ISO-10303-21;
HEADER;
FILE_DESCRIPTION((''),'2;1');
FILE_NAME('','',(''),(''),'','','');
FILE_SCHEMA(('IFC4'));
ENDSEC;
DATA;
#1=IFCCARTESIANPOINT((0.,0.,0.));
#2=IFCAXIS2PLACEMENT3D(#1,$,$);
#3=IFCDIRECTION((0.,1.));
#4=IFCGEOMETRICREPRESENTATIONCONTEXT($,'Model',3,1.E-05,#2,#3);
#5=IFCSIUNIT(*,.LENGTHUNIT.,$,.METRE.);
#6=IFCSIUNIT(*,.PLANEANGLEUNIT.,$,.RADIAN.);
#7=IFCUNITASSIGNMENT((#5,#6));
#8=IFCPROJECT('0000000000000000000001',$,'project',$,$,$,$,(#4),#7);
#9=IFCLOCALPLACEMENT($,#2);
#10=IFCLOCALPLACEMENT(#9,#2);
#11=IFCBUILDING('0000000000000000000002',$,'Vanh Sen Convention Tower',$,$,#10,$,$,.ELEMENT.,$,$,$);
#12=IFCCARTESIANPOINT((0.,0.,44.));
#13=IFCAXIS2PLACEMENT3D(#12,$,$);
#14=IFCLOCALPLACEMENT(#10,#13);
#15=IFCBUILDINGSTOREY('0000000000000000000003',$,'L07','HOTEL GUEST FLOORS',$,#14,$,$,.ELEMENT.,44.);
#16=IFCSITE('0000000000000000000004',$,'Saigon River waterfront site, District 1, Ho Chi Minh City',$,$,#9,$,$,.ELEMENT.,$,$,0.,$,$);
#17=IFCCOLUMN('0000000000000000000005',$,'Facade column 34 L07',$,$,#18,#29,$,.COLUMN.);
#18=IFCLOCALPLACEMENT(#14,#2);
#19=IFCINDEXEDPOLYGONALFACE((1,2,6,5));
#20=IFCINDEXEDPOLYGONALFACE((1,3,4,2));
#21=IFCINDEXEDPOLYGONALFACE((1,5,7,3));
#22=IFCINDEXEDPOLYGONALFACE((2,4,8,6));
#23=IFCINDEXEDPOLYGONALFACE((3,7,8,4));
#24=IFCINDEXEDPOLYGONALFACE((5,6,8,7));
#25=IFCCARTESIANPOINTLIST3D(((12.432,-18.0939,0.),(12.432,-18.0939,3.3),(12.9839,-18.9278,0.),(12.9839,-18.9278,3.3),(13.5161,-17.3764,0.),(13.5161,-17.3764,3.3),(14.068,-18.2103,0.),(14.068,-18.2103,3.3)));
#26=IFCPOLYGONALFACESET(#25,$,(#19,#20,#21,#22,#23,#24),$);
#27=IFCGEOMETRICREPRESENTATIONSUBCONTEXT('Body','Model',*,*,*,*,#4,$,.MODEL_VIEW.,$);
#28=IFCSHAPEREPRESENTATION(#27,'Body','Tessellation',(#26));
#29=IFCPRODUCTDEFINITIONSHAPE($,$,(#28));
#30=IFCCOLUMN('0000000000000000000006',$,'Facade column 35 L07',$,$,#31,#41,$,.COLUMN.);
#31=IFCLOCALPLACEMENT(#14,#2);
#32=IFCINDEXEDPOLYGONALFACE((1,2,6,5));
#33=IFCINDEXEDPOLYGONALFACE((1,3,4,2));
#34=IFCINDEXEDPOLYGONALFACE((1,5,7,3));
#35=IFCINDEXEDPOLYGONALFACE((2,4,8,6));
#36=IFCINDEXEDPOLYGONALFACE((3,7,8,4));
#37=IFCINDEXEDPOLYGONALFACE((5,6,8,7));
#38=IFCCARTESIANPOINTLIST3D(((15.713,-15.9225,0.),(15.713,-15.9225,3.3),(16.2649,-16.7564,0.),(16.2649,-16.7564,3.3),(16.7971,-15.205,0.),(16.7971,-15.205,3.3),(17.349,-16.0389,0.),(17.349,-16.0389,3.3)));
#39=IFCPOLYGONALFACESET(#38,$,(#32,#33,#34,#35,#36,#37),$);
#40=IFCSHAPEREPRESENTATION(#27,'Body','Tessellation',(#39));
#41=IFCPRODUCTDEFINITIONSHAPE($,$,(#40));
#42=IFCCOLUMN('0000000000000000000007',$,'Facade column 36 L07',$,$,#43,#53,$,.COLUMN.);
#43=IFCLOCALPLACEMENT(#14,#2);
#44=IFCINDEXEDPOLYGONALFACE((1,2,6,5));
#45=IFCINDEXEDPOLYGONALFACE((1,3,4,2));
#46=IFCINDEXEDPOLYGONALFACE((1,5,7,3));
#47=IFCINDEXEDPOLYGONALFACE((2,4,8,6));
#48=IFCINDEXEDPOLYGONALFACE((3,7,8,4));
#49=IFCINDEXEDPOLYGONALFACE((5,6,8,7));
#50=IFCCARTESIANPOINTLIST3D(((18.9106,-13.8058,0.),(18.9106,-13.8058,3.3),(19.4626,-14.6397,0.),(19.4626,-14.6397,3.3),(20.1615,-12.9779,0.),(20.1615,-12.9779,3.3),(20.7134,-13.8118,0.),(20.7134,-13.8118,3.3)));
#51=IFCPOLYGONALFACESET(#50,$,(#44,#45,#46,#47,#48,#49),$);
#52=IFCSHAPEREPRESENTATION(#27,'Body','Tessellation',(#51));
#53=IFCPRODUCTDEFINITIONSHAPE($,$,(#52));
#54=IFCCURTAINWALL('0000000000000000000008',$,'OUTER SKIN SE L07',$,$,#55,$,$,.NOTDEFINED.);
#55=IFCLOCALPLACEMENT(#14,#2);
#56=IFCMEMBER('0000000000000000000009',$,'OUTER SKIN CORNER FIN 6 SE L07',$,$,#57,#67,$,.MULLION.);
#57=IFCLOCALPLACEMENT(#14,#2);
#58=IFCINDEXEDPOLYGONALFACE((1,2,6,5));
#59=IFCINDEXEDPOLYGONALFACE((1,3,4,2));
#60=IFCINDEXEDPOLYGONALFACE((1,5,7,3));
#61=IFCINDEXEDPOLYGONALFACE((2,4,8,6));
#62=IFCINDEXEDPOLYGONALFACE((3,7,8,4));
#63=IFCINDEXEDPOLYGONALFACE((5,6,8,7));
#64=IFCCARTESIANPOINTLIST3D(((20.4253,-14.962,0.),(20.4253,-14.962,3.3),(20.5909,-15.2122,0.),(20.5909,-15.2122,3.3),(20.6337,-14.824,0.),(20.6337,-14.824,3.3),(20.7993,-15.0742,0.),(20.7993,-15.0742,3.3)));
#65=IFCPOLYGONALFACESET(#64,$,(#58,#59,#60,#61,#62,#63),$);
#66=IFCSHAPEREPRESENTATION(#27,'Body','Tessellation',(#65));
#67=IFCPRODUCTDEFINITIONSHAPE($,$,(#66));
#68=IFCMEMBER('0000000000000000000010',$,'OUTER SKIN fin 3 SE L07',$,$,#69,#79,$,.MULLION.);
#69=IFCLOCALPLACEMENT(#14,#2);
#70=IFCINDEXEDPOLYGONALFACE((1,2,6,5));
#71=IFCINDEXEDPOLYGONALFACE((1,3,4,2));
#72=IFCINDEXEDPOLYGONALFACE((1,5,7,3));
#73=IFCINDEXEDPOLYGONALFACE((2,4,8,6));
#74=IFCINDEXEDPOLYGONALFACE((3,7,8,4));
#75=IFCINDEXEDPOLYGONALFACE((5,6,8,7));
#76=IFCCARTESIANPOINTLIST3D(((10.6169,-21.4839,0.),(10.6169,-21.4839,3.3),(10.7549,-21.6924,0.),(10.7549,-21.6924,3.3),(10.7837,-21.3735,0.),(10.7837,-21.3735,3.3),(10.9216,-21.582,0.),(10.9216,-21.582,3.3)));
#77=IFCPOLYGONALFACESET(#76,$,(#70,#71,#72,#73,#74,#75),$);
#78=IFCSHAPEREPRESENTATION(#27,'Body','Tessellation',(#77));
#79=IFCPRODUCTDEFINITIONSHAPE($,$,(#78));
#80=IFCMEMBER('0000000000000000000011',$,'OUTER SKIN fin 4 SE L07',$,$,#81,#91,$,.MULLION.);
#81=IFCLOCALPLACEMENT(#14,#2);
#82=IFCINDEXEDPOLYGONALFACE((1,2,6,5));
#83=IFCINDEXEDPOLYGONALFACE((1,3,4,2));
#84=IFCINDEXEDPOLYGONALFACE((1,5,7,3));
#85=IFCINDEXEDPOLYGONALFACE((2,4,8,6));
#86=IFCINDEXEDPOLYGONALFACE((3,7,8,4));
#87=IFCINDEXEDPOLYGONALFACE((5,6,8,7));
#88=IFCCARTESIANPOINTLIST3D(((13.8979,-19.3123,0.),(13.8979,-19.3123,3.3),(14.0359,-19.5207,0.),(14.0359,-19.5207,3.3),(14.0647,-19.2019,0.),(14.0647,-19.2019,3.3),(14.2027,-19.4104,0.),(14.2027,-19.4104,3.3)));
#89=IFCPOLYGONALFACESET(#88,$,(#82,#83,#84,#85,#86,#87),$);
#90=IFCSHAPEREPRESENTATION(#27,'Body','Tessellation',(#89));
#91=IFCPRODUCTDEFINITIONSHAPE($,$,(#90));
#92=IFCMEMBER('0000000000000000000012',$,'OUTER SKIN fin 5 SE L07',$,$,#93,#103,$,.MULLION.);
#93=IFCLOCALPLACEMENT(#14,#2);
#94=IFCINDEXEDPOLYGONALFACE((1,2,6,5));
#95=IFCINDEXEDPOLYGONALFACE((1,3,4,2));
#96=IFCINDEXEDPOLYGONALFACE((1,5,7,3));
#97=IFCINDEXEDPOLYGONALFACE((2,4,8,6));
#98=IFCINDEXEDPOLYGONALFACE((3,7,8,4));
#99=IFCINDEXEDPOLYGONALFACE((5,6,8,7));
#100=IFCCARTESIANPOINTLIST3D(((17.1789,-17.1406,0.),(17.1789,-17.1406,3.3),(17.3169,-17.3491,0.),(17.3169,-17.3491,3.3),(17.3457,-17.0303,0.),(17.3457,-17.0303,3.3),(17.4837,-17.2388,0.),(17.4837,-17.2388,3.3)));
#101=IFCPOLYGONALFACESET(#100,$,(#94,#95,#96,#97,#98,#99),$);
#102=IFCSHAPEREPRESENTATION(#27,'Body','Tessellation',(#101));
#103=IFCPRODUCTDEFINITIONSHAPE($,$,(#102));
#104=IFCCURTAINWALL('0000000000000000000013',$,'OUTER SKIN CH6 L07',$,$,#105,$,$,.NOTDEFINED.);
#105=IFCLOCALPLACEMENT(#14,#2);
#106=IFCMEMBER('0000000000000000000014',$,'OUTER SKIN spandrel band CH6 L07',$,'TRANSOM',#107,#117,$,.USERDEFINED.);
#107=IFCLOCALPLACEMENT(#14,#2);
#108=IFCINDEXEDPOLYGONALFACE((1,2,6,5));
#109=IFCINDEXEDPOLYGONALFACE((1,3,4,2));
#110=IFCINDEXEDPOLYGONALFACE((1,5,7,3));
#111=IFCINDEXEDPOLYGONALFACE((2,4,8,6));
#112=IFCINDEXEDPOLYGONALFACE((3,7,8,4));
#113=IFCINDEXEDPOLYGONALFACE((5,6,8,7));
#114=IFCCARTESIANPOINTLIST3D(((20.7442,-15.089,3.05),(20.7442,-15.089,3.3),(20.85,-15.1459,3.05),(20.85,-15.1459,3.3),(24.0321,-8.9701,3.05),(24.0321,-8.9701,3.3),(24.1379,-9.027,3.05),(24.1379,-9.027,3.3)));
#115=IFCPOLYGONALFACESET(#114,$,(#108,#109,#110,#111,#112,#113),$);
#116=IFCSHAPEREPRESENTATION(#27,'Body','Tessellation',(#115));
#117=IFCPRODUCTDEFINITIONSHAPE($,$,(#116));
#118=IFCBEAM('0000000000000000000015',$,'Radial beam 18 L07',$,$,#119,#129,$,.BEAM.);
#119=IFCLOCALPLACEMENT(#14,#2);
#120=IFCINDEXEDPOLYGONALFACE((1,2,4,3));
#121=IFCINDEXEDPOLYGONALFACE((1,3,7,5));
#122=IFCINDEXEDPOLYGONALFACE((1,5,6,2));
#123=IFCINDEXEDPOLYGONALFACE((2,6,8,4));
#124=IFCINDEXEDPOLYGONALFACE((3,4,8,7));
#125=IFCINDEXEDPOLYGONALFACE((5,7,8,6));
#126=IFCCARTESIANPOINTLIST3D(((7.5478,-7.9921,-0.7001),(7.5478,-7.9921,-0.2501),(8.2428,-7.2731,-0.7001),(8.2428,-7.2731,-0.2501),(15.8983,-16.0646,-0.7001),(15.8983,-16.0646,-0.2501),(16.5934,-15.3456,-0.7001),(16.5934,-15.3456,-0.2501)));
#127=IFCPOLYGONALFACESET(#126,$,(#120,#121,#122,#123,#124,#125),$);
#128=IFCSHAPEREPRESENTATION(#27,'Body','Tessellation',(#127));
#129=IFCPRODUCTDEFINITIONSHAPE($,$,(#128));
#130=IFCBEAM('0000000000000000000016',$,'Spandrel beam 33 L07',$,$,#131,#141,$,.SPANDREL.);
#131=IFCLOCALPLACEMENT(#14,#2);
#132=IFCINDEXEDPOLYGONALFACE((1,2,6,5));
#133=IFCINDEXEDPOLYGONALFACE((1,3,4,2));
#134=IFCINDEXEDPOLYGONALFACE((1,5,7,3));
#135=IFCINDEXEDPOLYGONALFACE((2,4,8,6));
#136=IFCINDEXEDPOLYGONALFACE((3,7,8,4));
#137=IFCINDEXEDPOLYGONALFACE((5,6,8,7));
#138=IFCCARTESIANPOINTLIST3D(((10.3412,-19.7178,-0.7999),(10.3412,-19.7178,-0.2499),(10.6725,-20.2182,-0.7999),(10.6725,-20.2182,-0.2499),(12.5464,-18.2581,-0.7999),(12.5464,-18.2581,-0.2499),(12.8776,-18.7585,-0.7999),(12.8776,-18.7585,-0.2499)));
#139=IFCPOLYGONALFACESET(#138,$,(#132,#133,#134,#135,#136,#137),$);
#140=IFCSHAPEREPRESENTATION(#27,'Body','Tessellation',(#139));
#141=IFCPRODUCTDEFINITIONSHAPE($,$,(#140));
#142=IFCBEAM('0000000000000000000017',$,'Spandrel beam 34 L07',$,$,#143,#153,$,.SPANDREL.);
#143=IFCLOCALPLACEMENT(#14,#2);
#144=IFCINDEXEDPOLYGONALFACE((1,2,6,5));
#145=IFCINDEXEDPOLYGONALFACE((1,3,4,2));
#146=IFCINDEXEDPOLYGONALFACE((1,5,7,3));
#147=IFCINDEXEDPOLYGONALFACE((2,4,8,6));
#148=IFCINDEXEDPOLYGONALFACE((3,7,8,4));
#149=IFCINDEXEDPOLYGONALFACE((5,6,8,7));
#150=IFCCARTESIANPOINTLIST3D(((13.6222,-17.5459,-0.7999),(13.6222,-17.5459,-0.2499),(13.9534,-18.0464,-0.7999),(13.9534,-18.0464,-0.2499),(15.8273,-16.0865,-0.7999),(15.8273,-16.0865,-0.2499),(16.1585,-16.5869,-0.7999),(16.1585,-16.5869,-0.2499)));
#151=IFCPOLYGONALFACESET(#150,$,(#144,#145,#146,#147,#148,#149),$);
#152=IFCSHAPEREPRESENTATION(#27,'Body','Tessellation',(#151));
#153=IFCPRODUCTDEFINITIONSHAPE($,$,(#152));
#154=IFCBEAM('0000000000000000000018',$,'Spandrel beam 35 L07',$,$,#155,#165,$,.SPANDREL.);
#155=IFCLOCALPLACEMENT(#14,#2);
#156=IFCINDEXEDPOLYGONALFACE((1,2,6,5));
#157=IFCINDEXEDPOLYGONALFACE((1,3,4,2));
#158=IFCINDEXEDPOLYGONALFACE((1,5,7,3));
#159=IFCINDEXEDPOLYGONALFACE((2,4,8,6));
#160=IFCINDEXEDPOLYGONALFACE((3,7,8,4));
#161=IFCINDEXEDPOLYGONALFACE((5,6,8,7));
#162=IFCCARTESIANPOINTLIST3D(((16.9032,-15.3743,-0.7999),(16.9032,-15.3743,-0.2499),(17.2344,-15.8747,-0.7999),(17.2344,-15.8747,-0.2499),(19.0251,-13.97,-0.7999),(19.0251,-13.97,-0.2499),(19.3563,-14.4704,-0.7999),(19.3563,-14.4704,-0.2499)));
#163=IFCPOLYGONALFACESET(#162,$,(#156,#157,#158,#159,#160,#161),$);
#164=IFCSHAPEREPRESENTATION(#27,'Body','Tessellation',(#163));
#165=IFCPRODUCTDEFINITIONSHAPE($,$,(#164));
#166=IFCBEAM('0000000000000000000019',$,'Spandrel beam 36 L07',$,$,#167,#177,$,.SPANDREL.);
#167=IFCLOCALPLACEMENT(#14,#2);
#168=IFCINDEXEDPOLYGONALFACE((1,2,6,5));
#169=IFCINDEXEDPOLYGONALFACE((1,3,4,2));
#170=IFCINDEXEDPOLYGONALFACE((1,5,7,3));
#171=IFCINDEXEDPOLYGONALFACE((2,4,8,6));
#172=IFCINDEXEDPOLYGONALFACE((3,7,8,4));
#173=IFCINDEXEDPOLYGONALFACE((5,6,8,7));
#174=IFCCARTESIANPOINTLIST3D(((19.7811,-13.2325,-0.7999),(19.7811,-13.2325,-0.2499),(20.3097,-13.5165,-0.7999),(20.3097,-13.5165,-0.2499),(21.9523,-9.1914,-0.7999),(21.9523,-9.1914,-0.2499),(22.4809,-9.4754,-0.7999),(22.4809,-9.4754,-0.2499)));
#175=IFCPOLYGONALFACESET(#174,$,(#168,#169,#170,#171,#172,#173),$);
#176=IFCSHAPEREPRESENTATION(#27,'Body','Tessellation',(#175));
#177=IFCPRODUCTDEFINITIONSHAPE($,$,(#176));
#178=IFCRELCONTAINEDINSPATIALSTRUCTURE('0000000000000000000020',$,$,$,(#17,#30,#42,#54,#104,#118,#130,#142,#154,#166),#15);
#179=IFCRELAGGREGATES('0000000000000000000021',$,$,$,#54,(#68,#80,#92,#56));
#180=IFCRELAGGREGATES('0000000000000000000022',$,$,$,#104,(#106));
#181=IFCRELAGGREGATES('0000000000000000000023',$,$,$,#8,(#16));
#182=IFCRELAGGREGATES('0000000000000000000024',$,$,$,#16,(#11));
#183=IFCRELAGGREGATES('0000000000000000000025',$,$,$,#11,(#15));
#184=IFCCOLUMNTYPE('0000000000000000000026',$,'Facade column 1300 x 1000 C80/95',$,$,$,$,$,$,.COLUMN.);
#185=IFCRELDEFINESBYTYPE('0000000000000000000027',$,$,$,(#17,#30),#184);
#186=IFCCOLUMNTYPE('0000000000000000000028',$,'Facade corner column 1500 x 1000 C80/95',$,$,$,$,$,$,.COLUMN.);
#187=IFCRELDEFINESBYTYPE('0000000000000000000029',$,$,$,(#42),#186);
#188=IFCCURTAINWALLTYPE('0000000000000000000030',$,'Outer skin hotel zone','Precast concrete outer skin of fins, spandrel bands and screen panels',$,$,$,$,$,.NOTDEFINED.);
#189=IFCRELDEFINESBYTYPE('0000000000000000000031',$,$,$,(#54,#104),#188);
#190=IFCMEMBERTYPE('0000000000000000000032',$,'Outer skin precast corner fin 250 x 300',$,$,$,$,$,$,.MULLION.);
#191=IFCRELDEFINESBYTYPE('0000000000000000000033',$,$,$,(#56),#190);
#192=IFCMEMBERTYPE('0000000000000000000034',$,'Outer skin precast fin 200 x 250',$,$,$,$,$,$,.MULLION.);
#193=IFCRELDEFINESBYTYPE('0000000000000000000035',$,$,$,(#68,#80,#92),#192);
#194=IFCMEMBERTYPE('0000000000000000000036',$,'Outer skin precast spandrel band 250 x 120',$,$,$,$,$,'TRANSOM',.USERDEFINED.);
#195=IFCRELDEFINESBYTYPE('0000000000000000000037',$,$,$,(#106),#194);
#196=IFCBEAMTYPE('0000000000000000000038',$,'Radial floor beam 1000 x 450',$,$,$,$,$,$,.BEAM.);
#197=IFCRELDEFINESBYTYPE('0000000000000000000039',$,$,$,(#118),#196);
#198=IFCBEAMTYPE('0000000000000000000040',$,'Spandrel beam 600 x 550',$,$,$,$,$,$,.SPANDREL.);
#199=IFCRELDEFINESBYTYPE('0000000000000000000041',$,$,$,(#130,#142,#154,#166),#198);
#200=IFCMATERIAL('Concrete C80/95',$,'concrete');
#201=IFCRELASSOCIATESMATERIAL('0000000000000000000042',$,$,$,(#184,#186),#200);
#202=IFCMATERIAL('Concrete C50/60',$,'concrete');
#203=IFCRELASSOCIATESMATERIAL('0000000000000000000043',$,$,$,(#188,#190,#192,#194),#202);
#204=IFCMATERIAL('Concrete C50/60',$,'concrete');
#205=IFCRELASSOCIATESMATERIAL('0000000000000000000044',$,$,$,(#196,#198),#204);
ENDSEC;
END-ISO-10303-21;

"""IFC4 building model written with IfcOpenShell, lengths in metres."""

from ifc_helpers import new_model, si_unit, direction, frame, origin, origin_2d, place, context, subcontext, project, spatial, rectangle, extrude, material, material_profile, profile_set, type_object, element, aggregate, save


model = new_model("IFC4")

# Units and contexts
model_context = context("Model", 3, precision=1e-05, world=origin(), true_north=direction((0.0, 1.0)))
body_context = subcontext(model_context, "Body", "Model", "MODEL_VIEW")
ifc_project = project(units=[si_unit("LENGTHUNIT", "METRE"), si_unit("PLANEANGLEUNIT", "RADIAN")], contexts=[model_context])

# Site, building, storey
site_placement = place(None, origin())
site = spatial("IfcSite", under=ifc_project, at=site_placement, Name="Saigon River waterfront site, District 1, Ho Chi Minh City", CompositionType="ELEMENT", RefElevation=0.0)
building_placement = place(site_placement, origin())
building = spatial("IfcBuilding", under=site, at=building_placement, Name="Vanh Sen Convention Tower", CompositionType="ELEMENT")
storey_placement = place(building_placement, frame((0.0, 0.0, 44.0)))
storey = spatial("IfcBuildingStorey", under=building, at=storey_placement, Name="L07", Description="HOTEL GUEST FLOORS", CompositionType="ELEMENT", Elevation=44.0)

# Columns
ifc_material_1 = material(Name="Concrete C80/95", Category="concrete")
ifc_material_profile_1 = material_profile(ifc_material_1, rectangle(XDim=1.3, YDim=1.0, at=origin_2d()), Name="RC 1300X1000")
ifc_profile_set_1 = profile_set([ifc_material_profile_1], Name="Concrete C80/95")
column_type_1 = type_object("IfcColumnType", Name="Facade column 1300 x 1000 C80/95", PredefinedType="COLUMN", material=ifc_profile_set_1)
for number, where, z_axis, x_axis, name in (
    (1, (13.25, -18.1521, 0.0), (0.0, 0.0, 1.0), (0.833886, 0.551937, 0.0), "Facade column 34 L07"),
    (2, (16.531, -15.9807, 0.0), (0.0, 0.0, 1.0), (0.833886, 0.551937, 0.0), "Facade column 35 L07"),
):
    element("IfcColumn", number, at=place(storey_placement, frame(where, z_axis=z_axis, x_axis=x_axis)), inside=storey, type_object=column_type_1, Name=name, PredefinedType="COLUMN", context=body_context, shape_type="SweptSolid", body=[
        extrude(rectangle(XDim=1.3, YDim=1.0, at=origin_2d()), origin(), (0.0, 0.0, 1.0), 3.3),
    ])
ifc_material_profile_2 = material_profile(ifc_material_1, rectangle(XDim=1.5, YDim=1.0, at=origin_2d()), Name="RC 1500X1000")
ifc_profile_set_2 = profile_set([ifc_material_profile_2], Name="Concrete C80/95")
column_type_2 = type_object("IfcColumnType", Name="Facade corner column 1500 x 1000 C80/95", PredefinedType="COLUMN", material=ifc_profile_set_2)
column_placement = place(storey_placement, frame((19.812, -13.8088, 0.0), z_axis=(0.0, 0.0, 1.0), x_axis=(0.833886, 0.551937, 0.0)))
element("IfcColumn", 3, at=column_placement, inside=storey, type_object=column_type_2, Name="Facade column 36 L07", PredefinedType="COLUMN", context=body_context, shape_type="SweptSolid", body=[
    extrude(rectangle(XDim=1.5, YDim=1.0, at=origin_2d()), origin(), (0.0, 0.0, 1.0), 3.3),
])

# Curtain wall, members
ifc_material_2 = material(Name="Concrete C50/60", Category="concrete")
curtain_wall_type = type_object("IfcCurtainWallType", Name="Outer skin hotel zone", Description="Precast concrete outer skin of fins, spandrel bands and screen panels", PredefinedType="NOTDEFINED", material=ifc_material_2)
curtain_wall_1_placement = place(storey_placement, origin())
curtain_wall_1 = element("IfcCurtainWall", 4, at=curtain_wall_1_placement, inside=storey, type_object=curtain_wall_type, Name="OUTER SKIN SE L07", PredefinedType="NOTDEFINED")
ifc_material_profile_3 = material_profile(ifc_material_2, rectangle(XDim=0.25, YDim=0.3, at=origin_2d()), Name="Outer skin precast corner fin 250 x 300")
ifc_profile_set_3 = profile_set([ifc_material_profile_3], Name="Concrete C50/60")
member_type_1 = type_object("IfcMemberType", Name="Outer skin precast corner fin 250 x 300", PredefinedType="MULLION", material=ifc_profile_set_3)
member_1_placement = place(storey_placement, frame((20.6123, -15.0181, 0.0), z_axis=(0.0, 0.0, 1.0), x_axis=(0.833886, 0.551937, 0.0)))
member_1 = element("IfcMember", 5, at=member_1_placement, type_object=member_type_1, Name="OUTER SKIN CORNER FIN 6 SE L07", PredefinedType="MULLION", context=body_context, shape_type="SweptSolid", body=[
    extrude(rectangle(XDim=0.25, YDim=0.3, at=origin_2d()), origin(), (0.0, 0.0, 1.0), 3.3),
])
ifc_material_profile_4 = material_profile(ifc_material_2, rectangle(XDim=0.2, YDim=0.25, at=origin_2d()), Name="Outer skin precast fin 200 x 250")
ifc_profile_set_4 = profile_set([ifc_material_profile_4], Name="Concrete C50/60")
member_type_2 = type_object("IfcMemberType", Name="Outer skin precast fin 200 x 250", PredefinedType="MULLION", material=ifc_profile_set_4)
member_2_placement = place(storey_placement, frame((10.7693, -21.533, 0.0), z_axis=(0.0, 0.0, 1.0), x_axis=(0.833886, 0.551937, 0.0)))
member_2 = element("IfcMember", 6, at=member_2_placement, type_object=member_type_2, Name="OUTER SKIN fin 3 SE L07", PredefinedType="MULLION", context=body_context, shape_type="SweptSolid", body=[
    extrude(rectangle(XDim=0.2, YDim=0.25, at=origin_2d()), origin(), (0.0, 0.0, 1.0), 3.3),
])
member_3_placement = place(storey_placement, frame((14.0503, -19.3613, 0.0), z_axis=(0.0, 0.0, 1.0), x_axis=(0.833886, 0.551937, 0.0)))
member_3 = element("IfcMember", 7, at=member_3_placement, type_object=member_type_2, Name="OUTER SKIN fin 4 SE L07", PredefinedType="MULLION", context=body_context, shape_type="SweptSolid", body=[
    extrude(rectangle(XDim=0.2, YDim=0.25, at=origin_2d()), origin(), (0.0, 0.0, 1.0), 3.3),
])
member_4_placement = place(storey_placement, frame((17.3313, -17.1897, 0.0), z_axis=(0.0, 0.0, 1.0), x_axis=(0.833886, 0.551937, 0.0)))
member_4 = element("IfcMember", 8, at=member_4_placement, type_object=member_type_2, Name="OUTER SKIN fin 5 SE L07", PredefinedType="MULLION", context=body_context, shape_type="SweptSolid", body=[
    extrude(rectangle(XDim=0.2, YDim=0.25, at=origin_2d()), origin(), (0.0, 0.0, 1.0), 3.3),
])

# Curtain wall, member
curtain_wall_2_placement = place(storey_placement, origin())
curtain_wall_2 = element("IfcCurtainWall", 9, at=curtain_wall_2_placement, inside=storey, type_object=curtain_wall_type, Name="OUTER SKIN CH6 L07", PredefinedType="NOTDEFINED")
ifc_material_profile_5 = material_profile(ifc_material_2, rectangle(XDim=0.1201, YDim=0.25, at=origin_2d()), Name="Outer skin precast spandrel band 250 x 120")
ifc_profile_set_5 = profile_set([ifc_material_profile_5], Name="Concrete C50/60")
member_type_3 = type_object("IfcMemberType", Name="Outer skin precast spandrel band 250 x 120", ElementType="TRANSOM", PredefinedType="USERDEFINED", material=ifc_profile_set_5)
member_5_placement = place(storey_placement, frame((20.7971, -15.1174, 3.175), z_axis=(0.473324, 0.880888, 0.0), x_axis=(-0.880888, 0.473324, 0.0)))
member_5 = element("IfcMember", 10, at=member_5_placement, type_object=member_type_3, Name="OUTER SKIN spandrel band CH6 L07", ObjectType="TRANSOM", PredefinedType="USERDEFINED", context=body_context, shape_type="SweptSolid", body=[
    extrude(rectangle(XDim=0.1201, YDim=0.25, at=origin_2d()), origin(), (0.0, 0.0, 1.0), 6.9463),
])

# Beams
ifc_material_3 = material(Name="Concrete C50/60", Category="concrete")
ifc_material_profile_6 = material_profile(ifc_material_3, rectangle(XDim=1.0, YDim=0.45, at=origin_2d()), Name="RC 1000X450")
ifc_profile_set_6 = profile_set([ifc_material_profile_6], Name="Concrete C50/60")
beam_type_1 = type_object("IfcBeamType", Name="Radial floor beam 1000 x 450", PredefinedType="BEAM", material=ifc_profile_set_6)
beam_1_placement = place(storey_placement, frame((16.2458, -15.7051, -0.4751), z_axis=(-0.718976, 0.695034, 0.0), x_axis=(-0.695034, -0.718976, 0.0)))
element("IfcBeam", 11, at=beam_1_placement, inside=storey, type_object=beam_type_1, Name="Radial beam 18 L07", PredefinedType="BEAM", context=body_context, shape_type="SweptSolid", body=[
    extrude(rectangle(XDim=1.0, YDim=0.45, at=origin_2d()), origin(), (0.0, 0.0, 1.0), 11.6145),
])
ifc_material_profile_7 = material_profile(ifc_material_3, rectangle(XDim=0.6001, YDim=0.55, at=origin_2d()), Name="RC 600X550")
ifc_profile_set_7 = profile_set([ifc_material_profile_7], Name="Concrete C50/60")
beam_type_2 = type_object("IfcBeamType", Name="Spandrel beam 600 x 550", PredefinedType="SPANDREL", material=ifc_profile_set_7)
beam_2_placement = place(storey_placement, frame((10.5068, -19.968, -0.5249), z_axis=(0.83385, 0.551992, 0.0), x_axis=(-0.551992, 0.83385, 0.0)))
element("IfcBeam", 12, at=beam_2_placement, inside=storey, type_object=beam_type_2, Name="Spandrel beam 33 L07", PredefinedType="SPANDREL", context=body_context, shape_type="SweptSolid", body=[
    extrude(rectangle(XDim=0.6001, YDim=0.55, at=origin_2d()), origin(), (0.0, 0.0, 1.0), 2.6445),
])
beam_3_placement = place(storey_placement, frame((13.7878, -17.7961, -0.5249), z_axis=(0.833892, 0.551927, 0.0), x_axis=(-0.551927, 0.833892, 0.0)))
element("IfcBeam", 13, at=beam_3_placement, inside=storey, type_object=beam_type_2, Name="Spandrel beam 34 L07", PredefinedType="SPANDREL", context=body_context, shape_type="SweptSolid", body=[
    extrude(rectangle(XDim=0.6001, YDim=0.55, at=origin_2d()), origin(), (0.0, 0.0, 1.0), 2.6443),
])
beam_4_placement = place(storey_placement, frame((17.0688, -15.6245, -0.5249), z_axis=(0.833906, 0.551907, 0.0), x_axis=(-0.551907, 0.833906, 0.0)))
element("IfcBeam", 14, at=beam_4_placement, inside=storey, type_object=beam_type_2, Name="Spandrel beam 35 L07", PredefinedType="SPANDREL", context=body_context, shape_type="SweptSolid", body=[
    extrude(rectangle(XDim=0.6001, YDim=0.55, at=origin_2d()), origin(), (0.0, 0.0, 1.0), 2.5444),
])
beam_5_placement = place(storey_placement, frame((20.0454, -13.3745, -0.5249), z_axis=(0.47329, 0.880907, 0.0), x_axis=(-0.880907, 0.47329, 0.0)))
element("IfcBeam", 15, at=beam_5_placement, inside=storey, type_object=beam_type_2, Name="Spandrel beam 36 L07", PredefinedType="SPANDREL", context=body_context, shape_type="SweptSolid", body=[
    extrude(rectangle(XDim=0.6001, YDim=0.55, at=origin_2d()), origin(), (0.0, 0.0, 1.0), 4.5874),
])

aggregate(curtain_wall_1, [member_2, member_3, member_4, member_1])
aggregate(curtain_wall_2, [member_5])

save(model, "model.ifc")
